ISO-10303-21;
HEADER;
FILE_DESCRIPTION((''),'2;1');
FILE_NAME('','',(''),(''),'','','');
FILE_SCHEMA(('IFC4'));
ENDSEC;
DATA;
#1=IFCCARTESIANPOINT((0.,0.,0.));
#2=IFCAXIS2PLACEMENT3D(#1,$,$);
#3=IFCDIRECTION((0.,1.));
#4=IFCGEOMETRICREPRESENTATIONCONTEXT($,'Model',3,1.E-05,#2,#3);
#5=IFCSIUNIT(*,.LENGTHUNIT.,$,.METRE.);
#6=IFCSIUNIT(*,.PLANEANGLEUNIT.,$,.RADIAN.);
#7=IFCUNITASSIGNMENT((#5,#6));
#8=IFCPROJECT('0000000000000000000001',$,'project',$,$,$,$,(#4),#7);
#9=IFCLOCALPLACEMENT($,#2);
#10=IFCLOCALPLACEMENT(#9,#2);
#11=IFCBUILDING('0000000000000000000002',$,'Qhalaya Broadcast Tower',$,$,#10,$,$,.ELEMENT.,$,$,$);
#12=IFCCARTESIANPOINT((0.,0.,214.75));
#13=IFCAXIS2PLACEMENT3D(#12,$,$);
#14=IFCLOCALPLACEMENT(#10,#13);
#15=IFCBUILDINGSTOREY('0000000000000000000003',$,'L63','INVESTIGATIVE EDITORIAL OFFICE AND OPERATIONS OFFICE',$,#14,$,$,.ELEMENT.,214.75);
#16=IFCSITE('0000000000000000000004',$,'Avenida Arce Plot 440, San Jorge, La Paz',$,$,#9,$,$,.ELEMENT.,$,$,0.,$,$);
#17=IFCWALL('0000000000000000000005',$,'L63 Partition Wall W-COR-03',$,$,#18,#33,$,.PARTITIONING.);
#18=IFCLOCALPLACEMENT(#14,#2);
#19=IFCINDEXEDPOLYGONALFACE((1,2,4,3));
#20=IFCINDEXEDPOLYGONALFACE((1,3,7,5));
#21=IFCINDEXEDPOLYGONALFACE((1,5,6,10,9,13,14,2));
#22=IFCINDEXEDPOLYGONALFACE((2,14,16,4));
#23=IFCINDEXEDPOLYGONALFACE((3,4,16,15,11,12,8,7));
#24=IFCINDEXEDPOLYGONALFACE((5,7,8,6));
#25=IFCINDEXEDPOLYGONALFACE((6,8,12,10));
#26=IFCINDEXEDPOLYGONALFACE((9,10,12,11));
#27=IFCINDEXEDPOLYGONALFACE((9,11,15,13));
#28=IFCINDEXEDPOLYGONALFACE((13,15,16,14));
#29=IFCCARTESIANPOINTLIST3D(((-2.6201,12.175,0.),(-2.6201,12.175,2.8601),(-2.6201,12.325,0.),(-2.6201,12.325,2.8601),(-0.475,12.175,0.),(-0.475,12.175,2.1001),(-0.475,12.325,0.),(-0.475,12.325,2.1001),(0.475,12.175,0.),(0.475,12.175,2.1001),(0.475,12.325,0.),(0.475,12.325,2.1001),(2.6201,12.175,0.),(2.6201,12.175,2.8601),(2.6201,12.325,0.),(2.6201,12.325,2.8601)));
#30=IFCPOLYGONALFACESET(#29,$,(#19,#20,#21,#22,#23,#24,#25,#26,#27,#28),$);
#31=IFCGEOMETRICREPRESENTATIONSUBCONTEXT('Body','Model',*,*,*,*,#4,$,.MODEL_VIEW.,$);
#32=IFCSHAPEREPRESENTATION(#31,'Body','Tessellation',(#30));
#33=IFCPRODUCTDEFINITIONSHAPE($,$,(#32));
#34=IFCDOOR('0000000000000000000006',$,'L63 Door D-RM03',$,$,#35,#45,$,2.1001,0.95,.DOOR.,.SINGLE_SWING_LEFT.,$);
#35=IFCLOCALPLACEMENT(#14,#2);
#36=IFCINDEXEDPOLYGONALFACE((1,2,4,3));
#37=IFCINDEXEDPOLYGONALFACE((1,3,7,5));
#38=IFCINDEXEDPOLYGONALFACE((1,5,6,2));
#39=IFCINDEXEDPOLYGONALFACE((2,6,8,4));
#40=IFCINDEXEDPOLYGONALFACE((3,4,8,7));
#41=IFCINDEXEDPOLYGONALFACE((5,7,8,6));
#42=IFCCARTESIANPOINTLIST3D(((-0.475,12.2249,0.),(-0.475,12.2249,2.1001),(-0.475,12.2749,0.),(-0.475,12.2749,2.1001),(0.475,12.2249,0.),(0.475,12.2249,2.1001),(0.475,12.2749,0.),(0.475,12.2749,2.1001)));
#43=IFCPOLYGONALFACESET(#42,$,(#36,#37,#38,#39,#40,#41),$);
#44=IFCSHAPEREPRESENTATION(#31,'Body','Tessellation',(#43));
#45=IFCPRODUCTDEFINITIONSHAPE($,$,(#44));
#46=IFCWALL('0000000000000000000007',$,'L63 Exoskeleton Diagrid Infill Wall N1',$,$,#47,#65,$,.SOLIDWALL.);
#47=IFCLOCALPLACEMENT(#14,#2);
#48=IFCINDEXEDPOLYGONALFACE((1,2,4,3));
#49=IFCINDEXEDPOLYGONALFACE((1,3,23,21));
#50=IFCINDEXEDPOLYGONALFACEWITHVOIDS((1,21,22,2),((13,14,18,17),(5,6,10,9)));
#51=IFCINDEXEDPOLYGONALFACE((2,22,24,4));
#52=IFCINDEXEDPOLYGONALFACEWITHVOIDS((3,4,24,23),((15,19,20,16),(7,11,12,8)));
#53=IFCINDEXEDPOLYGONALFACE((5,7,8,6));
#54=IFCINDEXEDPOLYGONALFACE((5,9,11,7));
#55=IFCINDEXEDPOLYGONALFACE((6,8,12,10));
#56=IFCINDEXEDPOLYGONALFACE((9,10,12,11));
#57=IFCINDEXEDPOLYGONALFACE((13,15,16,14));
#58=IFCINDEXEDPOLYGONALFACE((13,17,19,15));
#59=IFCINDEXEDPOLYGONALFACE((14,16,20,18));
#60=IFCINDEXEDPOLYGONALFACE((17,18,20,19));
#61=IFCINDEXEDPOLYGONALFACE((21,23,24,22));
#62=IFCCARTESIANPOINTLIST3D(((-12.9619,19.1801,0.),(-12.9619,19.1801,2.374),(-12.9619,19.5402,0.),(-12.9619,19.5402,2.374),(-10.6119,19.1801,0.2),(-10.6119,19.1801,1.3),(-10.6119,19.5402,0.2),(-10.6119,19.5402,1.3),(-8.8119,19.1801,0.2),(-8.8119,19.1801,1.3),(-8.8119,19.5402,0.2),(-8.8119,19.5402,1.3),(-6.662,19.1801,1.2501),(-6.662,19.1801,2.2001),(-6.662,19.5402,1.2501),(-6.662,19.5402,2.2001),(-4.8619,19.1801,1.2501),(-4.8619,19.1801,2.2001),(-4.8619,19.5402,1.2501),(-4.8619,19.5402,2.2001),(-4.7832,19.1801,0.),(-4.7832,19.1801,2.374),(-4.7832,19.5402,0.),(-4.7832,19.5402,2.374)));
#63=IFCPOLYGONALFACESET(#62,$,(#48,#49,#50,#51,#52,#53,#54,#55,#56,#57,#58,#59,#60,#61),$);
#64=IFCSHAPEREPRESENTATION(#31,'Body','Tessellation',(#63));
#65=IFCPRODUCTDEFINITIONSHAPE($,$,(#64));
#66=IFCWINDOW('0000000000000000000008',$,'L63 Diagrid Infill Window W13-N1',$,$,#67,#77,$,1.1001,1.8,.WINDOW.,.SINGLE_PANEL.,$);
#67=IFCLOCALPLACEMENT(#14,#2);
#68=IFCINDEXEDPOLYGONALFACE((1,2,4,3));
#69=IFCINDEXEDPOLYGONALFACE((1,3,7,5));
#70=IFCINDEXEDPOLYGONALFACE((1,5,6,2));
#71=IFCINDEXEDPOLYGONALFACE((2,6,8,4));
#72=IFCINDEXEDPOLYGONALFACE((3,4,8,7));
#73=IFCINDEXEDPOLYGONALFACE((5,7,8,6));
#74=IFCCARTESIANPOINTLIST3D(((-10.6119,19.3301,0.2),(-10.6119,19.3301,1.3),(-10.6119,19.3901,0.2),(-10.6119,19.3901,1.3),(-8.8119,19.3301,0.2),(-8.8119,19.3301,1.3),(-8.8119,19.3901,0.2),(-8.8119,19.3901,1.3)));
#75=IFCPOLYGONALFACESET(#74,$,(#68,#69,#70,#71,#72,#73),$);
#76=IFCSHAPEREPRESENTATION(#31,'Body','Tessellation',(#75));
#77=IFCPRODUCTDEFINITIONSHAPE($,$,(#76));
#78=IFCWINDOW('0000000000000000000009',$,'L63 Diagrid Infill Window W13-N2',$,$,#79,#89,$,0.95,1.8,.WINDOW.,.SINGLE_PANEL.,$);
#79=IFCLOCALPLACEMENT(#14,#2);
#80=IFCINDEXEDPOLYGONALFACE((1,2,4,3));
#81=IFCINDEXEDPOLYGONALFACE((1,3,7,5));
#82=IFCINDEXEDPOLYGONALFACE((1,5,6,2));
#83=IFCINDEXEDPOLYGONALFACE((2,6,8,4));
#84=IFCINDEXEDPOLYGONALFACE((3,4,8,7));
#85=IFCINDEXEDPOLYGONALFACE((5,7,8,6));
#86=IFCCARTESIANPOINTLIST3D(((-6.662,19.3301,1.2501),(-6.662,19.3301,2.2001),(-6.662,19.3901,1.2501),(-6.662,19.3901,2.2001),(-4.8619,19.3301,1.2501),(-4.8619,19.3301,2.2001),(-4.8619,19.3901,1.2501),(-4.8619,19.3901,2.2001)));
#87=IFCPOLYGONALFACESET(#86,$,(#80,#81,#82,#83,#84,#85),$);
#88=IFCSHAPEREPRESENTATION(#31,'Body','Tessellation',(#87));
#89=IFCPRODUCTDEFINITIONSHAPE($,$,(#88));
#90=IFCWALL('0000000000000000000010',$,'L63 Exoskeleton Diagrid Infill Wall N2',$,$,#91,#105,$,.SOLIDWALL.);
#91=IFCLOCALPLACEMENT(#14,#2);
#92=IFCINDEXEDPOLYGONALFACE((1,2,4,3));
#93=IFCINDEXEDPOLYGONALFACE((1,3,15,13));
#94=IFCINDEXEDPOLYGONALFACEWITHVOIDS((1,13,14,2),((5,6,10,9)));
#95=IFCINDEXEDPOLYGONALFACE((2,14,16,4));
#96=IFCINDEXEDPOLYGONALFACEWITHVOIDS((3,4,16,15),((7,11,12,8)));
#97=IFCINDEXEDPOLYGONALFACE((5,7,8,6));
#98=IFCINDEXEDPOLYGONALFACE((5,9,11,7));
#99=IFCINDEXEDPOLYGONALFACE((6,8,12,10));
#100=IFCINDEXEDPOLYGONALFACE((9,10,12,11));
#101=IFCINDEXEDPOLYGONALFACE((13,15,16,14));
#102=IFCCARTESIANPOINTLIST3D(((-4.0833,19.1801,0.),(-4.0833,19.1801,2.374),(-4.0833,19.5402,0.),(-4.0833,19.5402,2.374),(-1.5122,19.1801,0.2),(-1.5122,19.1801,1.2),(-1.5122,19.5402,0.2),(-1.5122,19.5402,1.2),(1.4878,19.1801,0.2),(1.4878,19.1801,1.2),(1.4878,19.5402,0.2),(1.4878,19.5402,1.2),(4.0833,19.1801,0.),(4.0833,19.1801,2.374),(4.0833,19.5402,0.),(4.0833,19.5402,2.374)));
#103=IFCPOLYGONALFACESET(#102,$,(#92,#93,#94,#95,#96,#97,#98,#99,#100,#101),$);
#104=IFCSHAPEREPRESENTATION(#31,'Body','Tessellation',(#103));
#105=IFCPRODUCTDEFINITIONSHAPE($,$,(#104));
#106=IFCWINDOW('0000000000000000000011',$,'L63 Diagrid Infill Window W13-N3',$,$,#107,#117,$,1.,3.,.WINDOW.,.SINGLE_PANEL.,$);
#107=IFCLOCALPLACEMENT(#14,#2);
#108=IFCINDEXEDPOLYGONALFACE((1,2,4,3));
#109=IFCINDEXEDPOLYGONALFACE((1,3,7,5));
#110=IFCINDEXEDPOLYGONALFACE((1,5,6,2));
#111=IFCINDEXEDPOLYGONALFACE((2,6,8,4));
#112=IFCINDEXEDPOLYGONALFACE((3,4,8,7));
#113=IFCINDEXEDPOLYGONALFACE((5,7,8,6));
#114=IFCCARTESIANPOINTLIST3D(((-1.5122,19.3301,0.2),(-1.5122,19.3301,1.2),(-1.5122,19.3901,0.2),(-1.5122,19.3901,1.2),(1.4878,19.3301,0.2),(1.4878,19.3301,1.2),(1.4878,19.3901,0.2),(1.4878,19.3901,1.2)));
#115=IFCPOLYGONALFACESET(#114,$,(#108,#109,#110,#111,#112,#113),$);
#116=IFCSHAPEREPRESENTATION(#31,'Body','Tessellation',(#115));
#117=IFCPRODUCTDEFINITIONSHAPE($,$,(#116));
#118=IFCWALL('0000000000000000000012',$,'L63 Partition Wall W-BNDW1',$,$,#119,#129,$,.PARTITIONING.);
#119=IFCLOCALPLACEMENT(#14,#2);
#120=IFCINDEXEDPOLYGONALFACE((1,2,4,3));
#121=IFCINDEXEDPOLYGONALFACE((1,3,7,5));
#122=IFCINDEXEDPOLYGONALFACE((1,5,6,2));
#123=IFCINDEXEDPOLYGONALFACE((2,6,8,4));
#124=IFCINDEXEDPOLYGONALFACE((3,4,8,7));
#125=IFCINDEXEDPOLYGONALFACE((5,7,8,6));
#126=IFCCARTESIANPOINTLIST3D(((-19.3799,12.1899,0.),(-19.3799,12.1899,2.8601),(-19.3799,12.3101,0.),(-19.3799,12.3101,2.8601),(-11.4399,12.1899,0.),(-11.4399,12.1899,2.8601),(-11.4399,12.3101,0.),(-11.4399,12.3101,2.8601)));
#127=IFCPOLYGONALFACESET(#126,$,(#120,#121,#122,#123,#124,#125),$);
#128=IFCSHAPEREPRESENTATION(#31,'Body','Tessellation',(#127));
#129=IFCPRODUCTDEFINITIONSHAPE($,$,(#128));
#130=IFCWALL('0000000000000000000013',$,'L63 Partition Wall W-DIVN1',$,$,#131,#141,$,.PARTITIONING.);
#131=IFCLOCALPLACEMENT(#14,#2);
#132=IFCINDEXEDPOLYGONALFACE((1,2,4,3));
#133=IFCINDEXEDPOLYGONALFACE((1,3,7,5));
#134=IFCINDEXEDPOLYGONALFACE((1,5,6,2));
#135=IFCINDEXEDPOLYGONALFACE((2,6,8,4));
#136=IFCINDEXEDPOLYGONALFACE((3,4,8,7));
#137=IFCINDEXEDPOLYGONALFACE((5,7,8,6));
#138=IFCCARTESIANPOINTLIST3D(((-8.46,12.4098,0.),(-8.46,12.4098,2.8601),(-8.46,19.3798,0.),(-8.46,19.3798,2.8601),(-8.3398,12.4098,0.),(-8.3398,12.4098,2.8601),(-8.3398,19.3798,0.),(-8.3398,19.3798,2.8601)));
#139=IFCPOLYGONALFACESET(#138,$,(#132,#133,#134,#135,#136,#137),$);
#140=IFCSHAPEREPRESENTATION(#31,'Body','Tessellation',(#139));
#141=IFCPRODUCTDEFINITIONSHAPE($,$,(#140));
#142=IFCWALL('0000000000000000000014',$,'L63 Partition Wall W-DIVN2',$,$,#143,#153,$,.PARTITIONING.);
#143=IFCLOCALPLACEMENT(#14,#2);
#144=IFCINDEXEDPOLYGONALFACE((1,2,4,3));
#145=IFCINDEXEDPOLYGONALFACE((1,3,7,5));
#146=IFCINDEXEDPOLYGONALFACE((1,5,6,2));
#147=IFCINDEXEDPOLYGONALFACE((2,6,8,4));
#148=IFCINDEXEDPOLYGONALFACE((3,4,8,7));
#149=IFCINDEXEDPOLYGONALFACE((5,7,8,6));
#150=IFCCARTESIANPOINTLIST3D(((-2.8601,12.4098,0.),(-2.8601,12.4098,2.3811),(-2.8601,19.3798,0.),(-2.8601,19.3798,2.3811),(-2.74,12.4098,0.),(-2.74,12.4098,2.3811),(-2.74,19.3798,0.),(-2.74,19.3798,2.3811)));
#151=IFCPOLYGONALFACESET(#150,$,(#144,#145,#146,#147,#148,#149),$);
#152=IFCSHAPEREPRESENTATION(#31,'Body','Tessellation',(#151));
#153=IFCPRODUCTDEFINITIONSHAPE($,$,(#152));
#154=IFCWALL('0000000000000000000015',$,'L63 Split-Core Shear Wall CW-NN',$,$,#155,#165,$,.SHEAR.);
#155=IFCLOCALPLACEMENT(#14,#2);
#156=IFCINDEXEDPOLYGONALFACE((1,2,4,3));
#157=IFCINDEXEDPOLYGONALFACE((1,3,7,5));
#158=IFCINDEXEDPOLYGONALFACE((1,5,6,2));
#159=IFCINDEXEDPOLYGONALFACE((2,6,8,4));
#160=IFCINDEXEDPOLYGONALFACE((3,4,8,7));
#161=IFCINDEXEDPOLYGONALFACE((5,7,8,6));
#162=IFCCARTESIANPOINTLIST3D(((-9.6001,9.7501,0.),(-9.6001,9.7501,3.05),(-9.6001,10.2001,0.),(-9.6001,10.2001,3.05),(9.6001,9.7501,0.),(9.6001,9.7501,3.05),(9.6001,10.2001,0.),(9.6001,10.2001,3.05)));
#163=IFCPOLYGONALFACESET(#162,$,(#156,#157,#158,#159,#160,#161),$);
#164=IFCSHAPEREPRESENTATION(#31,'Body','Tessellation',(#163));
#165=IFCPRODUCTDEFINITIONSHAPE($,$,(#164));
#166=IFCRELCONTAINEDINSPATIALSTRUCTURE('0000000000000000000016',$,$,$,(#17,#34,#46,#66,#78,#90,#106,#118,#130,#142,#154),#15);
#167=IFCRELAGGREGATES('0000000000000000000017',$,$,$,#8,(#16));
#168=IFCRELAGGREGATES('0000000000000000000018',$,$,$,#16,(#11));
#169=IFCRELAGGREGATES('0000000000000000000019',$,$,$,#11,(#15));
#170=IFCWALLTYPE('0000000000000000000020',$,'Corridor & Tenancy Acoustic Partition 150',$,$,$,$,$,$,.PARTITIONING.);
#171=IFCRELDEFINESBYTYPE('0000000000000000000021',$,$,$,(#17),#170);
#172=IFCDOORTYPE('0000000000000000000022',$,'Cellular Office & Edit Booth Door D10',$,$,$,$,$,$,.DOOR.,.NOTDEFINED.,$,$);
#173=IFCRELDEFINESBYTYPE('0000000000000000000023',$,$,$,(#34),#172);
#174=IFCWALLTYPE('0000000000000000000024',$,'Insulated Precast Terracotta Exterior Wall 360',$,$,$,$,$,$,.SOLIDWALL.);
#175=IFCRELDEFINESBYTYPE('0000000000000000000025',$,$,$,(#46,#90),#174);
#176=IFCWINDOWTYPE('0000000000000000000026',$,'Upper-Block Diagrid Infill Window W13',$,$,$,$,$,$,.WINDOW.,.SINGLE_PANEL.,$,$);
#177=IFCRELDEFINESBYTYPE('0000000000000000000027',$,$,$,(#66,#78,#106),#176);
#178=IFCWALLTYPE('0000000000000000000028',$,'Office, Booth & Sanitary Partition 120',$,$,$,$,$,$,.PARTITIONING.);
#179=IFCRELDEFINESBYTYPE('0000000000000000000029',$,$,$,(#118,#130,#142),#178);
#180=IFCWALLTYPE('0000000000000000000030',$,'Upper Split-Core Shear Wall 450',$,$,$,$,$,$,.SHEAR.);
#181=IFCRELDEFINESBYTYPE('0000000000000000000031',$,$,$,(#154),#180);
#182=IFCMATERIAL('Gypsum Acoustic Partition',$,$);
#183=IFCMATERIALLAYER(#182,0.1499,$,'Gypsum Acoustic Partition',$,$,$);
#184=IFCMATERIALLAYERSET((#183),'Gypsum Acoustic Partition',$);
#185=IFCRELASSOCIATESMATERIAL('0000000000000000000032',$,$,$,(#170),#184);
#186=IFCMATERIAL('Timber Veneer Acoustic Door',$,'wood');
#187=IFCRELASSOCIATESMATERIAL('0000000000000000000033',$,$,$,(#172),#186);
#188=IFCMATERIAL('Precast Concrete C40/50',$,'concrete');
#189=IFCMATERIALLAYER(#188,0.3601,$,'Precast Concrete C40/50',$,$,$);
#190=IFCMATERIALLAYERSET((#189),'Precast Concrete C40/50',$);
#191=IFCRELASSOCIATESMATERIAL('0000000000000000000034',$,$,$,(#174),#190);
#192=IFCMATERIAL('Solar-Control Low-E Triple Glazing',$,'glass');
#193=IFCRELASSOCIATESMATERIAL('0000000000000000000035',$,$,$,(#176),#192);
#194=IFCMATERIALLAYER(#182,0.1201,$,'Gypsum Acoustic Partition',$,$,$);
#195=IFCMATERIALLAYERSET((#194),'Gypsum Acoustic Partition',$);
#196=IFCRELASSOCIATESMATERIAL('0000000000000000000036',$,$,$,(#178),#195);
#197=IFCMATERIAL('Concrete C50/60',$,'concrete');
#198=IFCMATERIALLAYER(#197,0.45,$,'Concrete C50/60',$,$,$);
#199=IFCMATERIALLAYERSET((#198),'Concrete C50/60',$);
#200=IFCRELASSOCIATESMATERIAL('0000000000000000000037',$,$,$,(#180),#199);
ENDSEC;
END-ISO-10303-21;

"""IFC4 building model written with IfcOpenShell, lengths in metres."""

from ifc_helpers import new_model, si_unit, direction, frame, frame_2d, origin, place, context, subcontext, project, spatial, rectangle, extrude, material, layer, layer_set, type_object, element, fill, save


model = new_model("IFC4")

# Units and contexts
model_context = context("Model", 3, precision=1e-05, world=origin(), true_north=direction((0.0, 1.0)))
body_context = subcontext(model_context, "Body", "Model", "MODEL_VIEW")
ifc_project = project(units=[si_unit("LENGTHUNIT", "METRE"), si_unit("PLANEANGLEUNIT", "RADIAN")], contexts=[model_context])

# Site, building, storey
site_placement = place(None, origin())
site = spatial("IfcSite", under=ifc_project, at=site_placement, Name="Avenida Arce Plot 440, San Jorge, La Paz", CompositionType="ELEMENT", RefElevation=0.0)
building_placement = place(site_placement, origin())
building = spatial("IfcBuilding", under=site, at=building_placement, Name="Qhalaya Broadcast Tower", CompositionType="ELEMENT")
storey_placement = place(building_placement, frame((0.0, 0.0, 214.75)))
storey = spatial("IfcBuildingStorey", under=building, at=storey_placement, Name="L63", Description="INVESTIGATIVE EDITORIAL OFFICE AND OPERATIONS OFFICE", CompositionType="ELEMENT", Elevation=214.75)

# Shared definitions
ifc_material_1 = material(Name="Concrete C50/60", Category="concrete")

# Wall, opening, door
ifc_material_2 = material(Name="Gypsum Acoustic Partition")
ifc_layer_1 = layer(ifc_material_2, 0.1499, Name="Gypsum Acoustic Partition")
ifc_layer_set_1 = layer_set([ifc_layer_1], Name="Gypsum Acoustic Partition")
wall_type_1 = type_object("IfcWallType", Name="Corridor & Tenancy Acoustic Partition 150", PredefinedType="PARTITIONING", material=ifc_layer_set_1)
ifc_material_3 = material(Name="Timber Veneer Acoustic Door", Category="wood")
door_type = type_object("IfcDoorType", Name="Cellular Office & Edit Booth Door D10", OperationType="NOTDEFINED", PredefinedType="DOOR", material=ifc_material_3)
wall_1_placement = place(storey_placement, frame((-2.6201, 12.25, 0.0), z_axis=(0.0, 0.0, 1.0), x_axis=(1.0, 0.0, 0.0)))
wall_1 = element("IfcWall", 1, at=wall_1_placement, inside=storey, type_object=wall_type_1, Name="L63 Partition Wall W-COR-03", PredefinedType="PARTITIONING", context=body_context, shape_type="SweptSolid", body=[
    extrude(rectangle(XDim=5.2402, YDim=0.1499, at=frame_2d((2.6201, 0.0))), origin(), (0.0, 0.0, 1.0), 2.8601),
])
opening_1_placement = place(wall_1_placement, frame((2.145, 0.0, 0.0)))
opening_1 = element("IfcOpeningElement", 2, at=opening_1_placement, cuts=wall_1, PredefinedType="OPENING", context=body_context, shape_type="SweptSolid", body=[
    extrude(rectangle(XDim=0.95, YDim=2.1001, at=frame_2d((0.4751, 1.05))), frame((0.0, 0.0869, 0.0), z_axis=(0.0, -1.0, 0.0), x_axis=(1.0, 0.0, 0.0)), (0.0, 0.0, 1.0), 0.1738),
])
door_1_placement = place(opening_1_placement, origin())
door_1 = element("IfcDoor", 3, at=door_1_placement, inside=storey, type_object=door_type, Name="L63 Door D-RM03", OperationType="SINGLE_SWING_LEFT", OverallHeight=2.1001, OverallWidth=0.95, PredefinedType="DOOR", context=body_context, shape_type="SweptSolid", body=[
    extrude(rectangle(XDim=0.95, YDim=2.1001, at=frame_2d((0.4751, 1.05))), frame((0.0, 0.0249, 0.0), z_axis=(0.0, -1.0, 0.0), x_axis=(1.0, 0.0, 0.0)), (0.0, 0.0, 1.0), 0.05),
])
fill(opening_1, door_1)

# Wall, openings, windows
ifc_material_4 = material(Name="Precast Concrete C40/50", Category="concrete")
ifc_layer_2 = layer(ifc_material_4, 0.3601, Name="Precast Concrete C40/50")
ifc_layer_set_2 = layer_set([ifc_layer_2], Name="Precast Concrete C40/50")
wall_type_2 = type_object("IfcWallType", Name="Insulated Precast Terracotta Exterior Wall 360", PredefinedType="SOLIDWALL", material=ifc_layer_set_2)
wall_2_placement = place(storey_placement, frame((-12.9619, 19.3601, 0.0), z_axis=(0.0, 0.0, 1.0), x_axis=(1.0, 0.0, 0.0)))
wall_2 = element("IfcWall", 4, at=wall_2_placement, inside=storey, type_object=wall_type_2, Name="L63 Exoskeleton Diagrid Infill Wall N1", PredefinedType="SOLIDWALL", context=body_context, shape_type="SweptSolid", body=[
    extrude(rectangle(XDim=8.1787, YDim=0.3601, at=frame_2d((4.0894, 0.0))), origin(), (0.0, 0.0, 1.0), 2.374),
])
opening_2_placement = place(wall_2_placement, frame((2.3501, 0.0, 0.2)))
opening_2 = element("IfcOpeningElement", 5, at=opening_2_placement, cuts=wall_2, PredefinedType="OPENING", context=body_context, shape_type="SweptSolid", body=[
    extrude(rectangle(XDim=1.8, YDim=1.1001, at=frame_2d((0.8999, 0.55))), frame((0.0, 0.1921, 0.0), z_axis=(0.0, -1.0, 0.0), x_axis=(1.0, 0.0, 0.0)), (0.0, 0.0, 1.0), 0.384),
])
opening_3_placement = place(wall_2_placement, frame((6.3, 0.0, 1.25)))
opening_3 = element("IfcOpeningElement", 6, at=opening_3_placement, cuts=wall_2, PredefinedType="OPENING", context=body_context, shape_type="SweptSolid", body=[
    extrude(rectangle(XDim=1.8, YDim=0.95, at=frame_2d((0.8999, 0.4751))), frame((0.0, 0.1921, 0.0), z_axis=(0.0, -1.0, 0.0), x_axis=(1.0, 0.0, 0.0)), (0.0, 0.0, 1.0), 0.384),
])
ifc_material_5 = material(Name="Solar-Control Low-E Triple Glazing", Category="glass")
window_type = type_object("IfcWindowType", Name="Upper-Block Diagrid Infill Window W13", PartitioningType="SINGLE_PANEL", PredefinedType="WINDOW", material=ifc_material_5)
window_1_placement = place(opening_2_placement, origin())
window_1 = element("IfcWindow", 7, at=window_1_placement, inside=storey, type_object=window_type, Name="L63 Diagrid Infill Window W13-N1", OverallHeight=1.1001, OverallWidth=1.8, PartitioningType="SINGLE_PANEL", PredefinedType="WINDOW", context=body_context, shape_type="SweptSolid", body=[
    extrude(rectangle(XDim=1.8, YDim=1.1001, at=frame_2d((0.8999, 0.55))), frame((0.0, 0.03, 0.0), z_axis=(0.0, -1.0, 0.0), x_axis=(1.0, 0.0, 0.0)), (0.0, 0.0, 1.0), 0.0601),
])
fill(opening_2, window_1)
window_2_placement = place(opening_3_placement, origin())
window_2 = element("IfcWindow", 8, at=window_2_placement, inside=storey, type_object=window_type, Name="L63 Diagrid Infill Window W13-N2", OverallHeight=0.95, OverallWidth=1.8, PartitioningType="SINGLE_PANEL", PredefinedType="WINDOW", context=body_context, shape_type="SweptSolid", body=[
    extrude(rectangle(XDim=1.8, YDim=0.95, at=frame_2d((0.8999, 0.4751))), frame((0.0, 0.03, 0.0), z_axis=(0.0, -1.0, 0.0), x_axis=(1.0, 0.0, 0.0)), (0.0, 0.0, 1.0), 0.0601),
])
fill(opening_3, window_2)

# Wall, opening, window
wall_3_placement = place(storey_placement, frame((-4.0833, 19.3601, 0.0), z_axis=(0.0, 0.0, 1.0), x_axis=(1.0, 0.0, 0.0)))
wall_3 = element("IfcWall", 9, at=wall_3_placement, inside=storey, type_object=wall_type_2, Name="L63 Exoskeleton Diagrid Infill Wall N2", PredefinedType="SOLIDWALL", context=body_context, shape_type="SweptSolid", body=[
    extrude(rectangle(XDim=8.1665, YDim=0.3601, at=frame_2d((4.0833, 0.0))), origin(), (0.0, 0.0, 1.0), 2.374),
])
opening_4_placement = place(wall_3_placement, frame((2.571, 0.0, 0.2)))
opening_4 = element("IfcOpeningElement", 10, at=opening_4_placement, cuts=wall_3, PredefinedType="OPENING", context=body_context, shape_type="SweptSolid", body=[
    extrude(rectangle(XDim=3.0, YDim=1.0, at=frame_2d((1.5, 0.5))), frame((0.0, 0.1921, 0.0), z_axis=(0.0, -1.0, 0.0), x_axis=(1.0, 0.0, 0.0)), (0.0, 0.0, 1.0), 0.384),
])
window_3_placement = place(opening_4_placement, origin())
window_3 = element("IfcWindow", 11, at=window_3_placement, inside=storey, type_object=window_type, Name="L63 Diagrid Infill Window W13-N3", OverallHeight=1.0, OverallWidth=3.0, PartitioningType="SINGLE_PANEL", PredefinedType="WINDOW", context=body_context, shape_type="SweptSolid", body=[
    extrude(rectangle(XDim=3.0, YDim=1.0, at=frame_2d((1.5, 0.5))), frame((0.0, 0.03, 0.0), z_axis=(0.0, -1.0, 0.0), x_axis=(1.0, 0.0, 0.0)), (0.0, 0.0, 1.0), 0.0601),
])
fill(opening_4, window_3)

# Walls
ifc_layer_3 = layer(ifc_material_2, 0.1201, Name="Gypsum Acoustic Partition")
ifc_layer_set_3 = layer_set([ifc_layer_3], Name="Gypsum Acoustic Partition")
wall_type_3 = type_object("IfcWallType", Name="Office, Booth & Sanitary Partition 120", PredefinedType="PARTITIONING", material=ifc_layer_set_3)
wall_4_placement = place(storey_placement, frame((-19.3799, 12.25, 0.0), z_axis=(0.0, 0.0, 1.0), x_axis=(1.0, 0.0, 0.0)))
element("IfcWall", 12, at=wall_4_placement, inside=storey, type_object=wall_type_3, Name="L63 Partition Wall W-BNDW1", PredefinedType="PARTITIONING", context=body_context, shape_type="SweptSolid", body=[
    extrude(rectangle(XDim=7.9399, YDim=0.1201, at=frame_2d((3.97, 0.0))), origin(), (0.0, 0.0, 1.0), 2.8601),
])
wall_5_placement = place(storey_placement, frame((-8.3999, 12.4099, 0.0), z_axis=(0.0, 0.0, 1.0), x_axis=(0.0, 1.0, 0.0)))
element("IfcWall", 13, at=wall_5_placement, inside=storey, type_object=wall_type_3, Name="L63 Partition Wall W-DIVN1", PredefinedType="PARTITIONING", context=body_context, shape_type="SweptSolid", body=[
    extrude(rectangle(XDim=6.97, YDim=0.1201, at=frame_2d((3.4849, 0.0))), origin(), (0.0, 0.0, 1.0), 2.8601),
])
wall_6_placement = place(storey_placement, frame((-2.8, 12.4099, 0.0), z_axis=(0.0, 0.0, 1.0), x_axis=(0.0, 1.0, 0.0)))
element("IfcWall", 14, at=wall_6_placement, inside=storey, type_object=wall_type_3, Name="L63 Partition Wall W-DIVN2", PredefinedType="PARTITIONING", context=body_context, shape_type="SweptSolid", body=[
    extrude(rectangle(XDim=6.97, YDim=0.1201, at=frame_2d((3.4849, 0.0))), origin(), (0.0, 0.0, 1.0), 2.3811),
])
ifc_layer_4 = layer(ifc_material_1, 0.45, Name="Concrete C50/60")
ifc_layer_set_4 = layer_set([ifc_layer_4], Name="Concrete C50/60")
wall_type_4 = type_object("IfcWallType", Name="Upper Split-Core Shear Wall 450", PredefinedType="SHEAR", material=ifc_layer_set_4)
wall_7_placement = place(storey_placement, frame((-9.6001, 9.9751, 0.0), z_axis=(0.0, 0.0, 1.0), x_axis=(1.0, 0.0, 0.0)))
element("IfcWall", 15, at=wall_7_placement, inside=storey, type_object=wall_type_4, Name="L63 Split-Core Shear Wall CW-NN", PredefinedType="SHEAR", context=body_context, shape_type="SweptSolid", body=[
    extrude(rectangle(XDim=19.2002, YDim=0.45, at=frame_2d((9.6001, 0.0))), origin(), (0.0, 0.0, 1.0), 3.05),
])

save(model, "model.ifc")
